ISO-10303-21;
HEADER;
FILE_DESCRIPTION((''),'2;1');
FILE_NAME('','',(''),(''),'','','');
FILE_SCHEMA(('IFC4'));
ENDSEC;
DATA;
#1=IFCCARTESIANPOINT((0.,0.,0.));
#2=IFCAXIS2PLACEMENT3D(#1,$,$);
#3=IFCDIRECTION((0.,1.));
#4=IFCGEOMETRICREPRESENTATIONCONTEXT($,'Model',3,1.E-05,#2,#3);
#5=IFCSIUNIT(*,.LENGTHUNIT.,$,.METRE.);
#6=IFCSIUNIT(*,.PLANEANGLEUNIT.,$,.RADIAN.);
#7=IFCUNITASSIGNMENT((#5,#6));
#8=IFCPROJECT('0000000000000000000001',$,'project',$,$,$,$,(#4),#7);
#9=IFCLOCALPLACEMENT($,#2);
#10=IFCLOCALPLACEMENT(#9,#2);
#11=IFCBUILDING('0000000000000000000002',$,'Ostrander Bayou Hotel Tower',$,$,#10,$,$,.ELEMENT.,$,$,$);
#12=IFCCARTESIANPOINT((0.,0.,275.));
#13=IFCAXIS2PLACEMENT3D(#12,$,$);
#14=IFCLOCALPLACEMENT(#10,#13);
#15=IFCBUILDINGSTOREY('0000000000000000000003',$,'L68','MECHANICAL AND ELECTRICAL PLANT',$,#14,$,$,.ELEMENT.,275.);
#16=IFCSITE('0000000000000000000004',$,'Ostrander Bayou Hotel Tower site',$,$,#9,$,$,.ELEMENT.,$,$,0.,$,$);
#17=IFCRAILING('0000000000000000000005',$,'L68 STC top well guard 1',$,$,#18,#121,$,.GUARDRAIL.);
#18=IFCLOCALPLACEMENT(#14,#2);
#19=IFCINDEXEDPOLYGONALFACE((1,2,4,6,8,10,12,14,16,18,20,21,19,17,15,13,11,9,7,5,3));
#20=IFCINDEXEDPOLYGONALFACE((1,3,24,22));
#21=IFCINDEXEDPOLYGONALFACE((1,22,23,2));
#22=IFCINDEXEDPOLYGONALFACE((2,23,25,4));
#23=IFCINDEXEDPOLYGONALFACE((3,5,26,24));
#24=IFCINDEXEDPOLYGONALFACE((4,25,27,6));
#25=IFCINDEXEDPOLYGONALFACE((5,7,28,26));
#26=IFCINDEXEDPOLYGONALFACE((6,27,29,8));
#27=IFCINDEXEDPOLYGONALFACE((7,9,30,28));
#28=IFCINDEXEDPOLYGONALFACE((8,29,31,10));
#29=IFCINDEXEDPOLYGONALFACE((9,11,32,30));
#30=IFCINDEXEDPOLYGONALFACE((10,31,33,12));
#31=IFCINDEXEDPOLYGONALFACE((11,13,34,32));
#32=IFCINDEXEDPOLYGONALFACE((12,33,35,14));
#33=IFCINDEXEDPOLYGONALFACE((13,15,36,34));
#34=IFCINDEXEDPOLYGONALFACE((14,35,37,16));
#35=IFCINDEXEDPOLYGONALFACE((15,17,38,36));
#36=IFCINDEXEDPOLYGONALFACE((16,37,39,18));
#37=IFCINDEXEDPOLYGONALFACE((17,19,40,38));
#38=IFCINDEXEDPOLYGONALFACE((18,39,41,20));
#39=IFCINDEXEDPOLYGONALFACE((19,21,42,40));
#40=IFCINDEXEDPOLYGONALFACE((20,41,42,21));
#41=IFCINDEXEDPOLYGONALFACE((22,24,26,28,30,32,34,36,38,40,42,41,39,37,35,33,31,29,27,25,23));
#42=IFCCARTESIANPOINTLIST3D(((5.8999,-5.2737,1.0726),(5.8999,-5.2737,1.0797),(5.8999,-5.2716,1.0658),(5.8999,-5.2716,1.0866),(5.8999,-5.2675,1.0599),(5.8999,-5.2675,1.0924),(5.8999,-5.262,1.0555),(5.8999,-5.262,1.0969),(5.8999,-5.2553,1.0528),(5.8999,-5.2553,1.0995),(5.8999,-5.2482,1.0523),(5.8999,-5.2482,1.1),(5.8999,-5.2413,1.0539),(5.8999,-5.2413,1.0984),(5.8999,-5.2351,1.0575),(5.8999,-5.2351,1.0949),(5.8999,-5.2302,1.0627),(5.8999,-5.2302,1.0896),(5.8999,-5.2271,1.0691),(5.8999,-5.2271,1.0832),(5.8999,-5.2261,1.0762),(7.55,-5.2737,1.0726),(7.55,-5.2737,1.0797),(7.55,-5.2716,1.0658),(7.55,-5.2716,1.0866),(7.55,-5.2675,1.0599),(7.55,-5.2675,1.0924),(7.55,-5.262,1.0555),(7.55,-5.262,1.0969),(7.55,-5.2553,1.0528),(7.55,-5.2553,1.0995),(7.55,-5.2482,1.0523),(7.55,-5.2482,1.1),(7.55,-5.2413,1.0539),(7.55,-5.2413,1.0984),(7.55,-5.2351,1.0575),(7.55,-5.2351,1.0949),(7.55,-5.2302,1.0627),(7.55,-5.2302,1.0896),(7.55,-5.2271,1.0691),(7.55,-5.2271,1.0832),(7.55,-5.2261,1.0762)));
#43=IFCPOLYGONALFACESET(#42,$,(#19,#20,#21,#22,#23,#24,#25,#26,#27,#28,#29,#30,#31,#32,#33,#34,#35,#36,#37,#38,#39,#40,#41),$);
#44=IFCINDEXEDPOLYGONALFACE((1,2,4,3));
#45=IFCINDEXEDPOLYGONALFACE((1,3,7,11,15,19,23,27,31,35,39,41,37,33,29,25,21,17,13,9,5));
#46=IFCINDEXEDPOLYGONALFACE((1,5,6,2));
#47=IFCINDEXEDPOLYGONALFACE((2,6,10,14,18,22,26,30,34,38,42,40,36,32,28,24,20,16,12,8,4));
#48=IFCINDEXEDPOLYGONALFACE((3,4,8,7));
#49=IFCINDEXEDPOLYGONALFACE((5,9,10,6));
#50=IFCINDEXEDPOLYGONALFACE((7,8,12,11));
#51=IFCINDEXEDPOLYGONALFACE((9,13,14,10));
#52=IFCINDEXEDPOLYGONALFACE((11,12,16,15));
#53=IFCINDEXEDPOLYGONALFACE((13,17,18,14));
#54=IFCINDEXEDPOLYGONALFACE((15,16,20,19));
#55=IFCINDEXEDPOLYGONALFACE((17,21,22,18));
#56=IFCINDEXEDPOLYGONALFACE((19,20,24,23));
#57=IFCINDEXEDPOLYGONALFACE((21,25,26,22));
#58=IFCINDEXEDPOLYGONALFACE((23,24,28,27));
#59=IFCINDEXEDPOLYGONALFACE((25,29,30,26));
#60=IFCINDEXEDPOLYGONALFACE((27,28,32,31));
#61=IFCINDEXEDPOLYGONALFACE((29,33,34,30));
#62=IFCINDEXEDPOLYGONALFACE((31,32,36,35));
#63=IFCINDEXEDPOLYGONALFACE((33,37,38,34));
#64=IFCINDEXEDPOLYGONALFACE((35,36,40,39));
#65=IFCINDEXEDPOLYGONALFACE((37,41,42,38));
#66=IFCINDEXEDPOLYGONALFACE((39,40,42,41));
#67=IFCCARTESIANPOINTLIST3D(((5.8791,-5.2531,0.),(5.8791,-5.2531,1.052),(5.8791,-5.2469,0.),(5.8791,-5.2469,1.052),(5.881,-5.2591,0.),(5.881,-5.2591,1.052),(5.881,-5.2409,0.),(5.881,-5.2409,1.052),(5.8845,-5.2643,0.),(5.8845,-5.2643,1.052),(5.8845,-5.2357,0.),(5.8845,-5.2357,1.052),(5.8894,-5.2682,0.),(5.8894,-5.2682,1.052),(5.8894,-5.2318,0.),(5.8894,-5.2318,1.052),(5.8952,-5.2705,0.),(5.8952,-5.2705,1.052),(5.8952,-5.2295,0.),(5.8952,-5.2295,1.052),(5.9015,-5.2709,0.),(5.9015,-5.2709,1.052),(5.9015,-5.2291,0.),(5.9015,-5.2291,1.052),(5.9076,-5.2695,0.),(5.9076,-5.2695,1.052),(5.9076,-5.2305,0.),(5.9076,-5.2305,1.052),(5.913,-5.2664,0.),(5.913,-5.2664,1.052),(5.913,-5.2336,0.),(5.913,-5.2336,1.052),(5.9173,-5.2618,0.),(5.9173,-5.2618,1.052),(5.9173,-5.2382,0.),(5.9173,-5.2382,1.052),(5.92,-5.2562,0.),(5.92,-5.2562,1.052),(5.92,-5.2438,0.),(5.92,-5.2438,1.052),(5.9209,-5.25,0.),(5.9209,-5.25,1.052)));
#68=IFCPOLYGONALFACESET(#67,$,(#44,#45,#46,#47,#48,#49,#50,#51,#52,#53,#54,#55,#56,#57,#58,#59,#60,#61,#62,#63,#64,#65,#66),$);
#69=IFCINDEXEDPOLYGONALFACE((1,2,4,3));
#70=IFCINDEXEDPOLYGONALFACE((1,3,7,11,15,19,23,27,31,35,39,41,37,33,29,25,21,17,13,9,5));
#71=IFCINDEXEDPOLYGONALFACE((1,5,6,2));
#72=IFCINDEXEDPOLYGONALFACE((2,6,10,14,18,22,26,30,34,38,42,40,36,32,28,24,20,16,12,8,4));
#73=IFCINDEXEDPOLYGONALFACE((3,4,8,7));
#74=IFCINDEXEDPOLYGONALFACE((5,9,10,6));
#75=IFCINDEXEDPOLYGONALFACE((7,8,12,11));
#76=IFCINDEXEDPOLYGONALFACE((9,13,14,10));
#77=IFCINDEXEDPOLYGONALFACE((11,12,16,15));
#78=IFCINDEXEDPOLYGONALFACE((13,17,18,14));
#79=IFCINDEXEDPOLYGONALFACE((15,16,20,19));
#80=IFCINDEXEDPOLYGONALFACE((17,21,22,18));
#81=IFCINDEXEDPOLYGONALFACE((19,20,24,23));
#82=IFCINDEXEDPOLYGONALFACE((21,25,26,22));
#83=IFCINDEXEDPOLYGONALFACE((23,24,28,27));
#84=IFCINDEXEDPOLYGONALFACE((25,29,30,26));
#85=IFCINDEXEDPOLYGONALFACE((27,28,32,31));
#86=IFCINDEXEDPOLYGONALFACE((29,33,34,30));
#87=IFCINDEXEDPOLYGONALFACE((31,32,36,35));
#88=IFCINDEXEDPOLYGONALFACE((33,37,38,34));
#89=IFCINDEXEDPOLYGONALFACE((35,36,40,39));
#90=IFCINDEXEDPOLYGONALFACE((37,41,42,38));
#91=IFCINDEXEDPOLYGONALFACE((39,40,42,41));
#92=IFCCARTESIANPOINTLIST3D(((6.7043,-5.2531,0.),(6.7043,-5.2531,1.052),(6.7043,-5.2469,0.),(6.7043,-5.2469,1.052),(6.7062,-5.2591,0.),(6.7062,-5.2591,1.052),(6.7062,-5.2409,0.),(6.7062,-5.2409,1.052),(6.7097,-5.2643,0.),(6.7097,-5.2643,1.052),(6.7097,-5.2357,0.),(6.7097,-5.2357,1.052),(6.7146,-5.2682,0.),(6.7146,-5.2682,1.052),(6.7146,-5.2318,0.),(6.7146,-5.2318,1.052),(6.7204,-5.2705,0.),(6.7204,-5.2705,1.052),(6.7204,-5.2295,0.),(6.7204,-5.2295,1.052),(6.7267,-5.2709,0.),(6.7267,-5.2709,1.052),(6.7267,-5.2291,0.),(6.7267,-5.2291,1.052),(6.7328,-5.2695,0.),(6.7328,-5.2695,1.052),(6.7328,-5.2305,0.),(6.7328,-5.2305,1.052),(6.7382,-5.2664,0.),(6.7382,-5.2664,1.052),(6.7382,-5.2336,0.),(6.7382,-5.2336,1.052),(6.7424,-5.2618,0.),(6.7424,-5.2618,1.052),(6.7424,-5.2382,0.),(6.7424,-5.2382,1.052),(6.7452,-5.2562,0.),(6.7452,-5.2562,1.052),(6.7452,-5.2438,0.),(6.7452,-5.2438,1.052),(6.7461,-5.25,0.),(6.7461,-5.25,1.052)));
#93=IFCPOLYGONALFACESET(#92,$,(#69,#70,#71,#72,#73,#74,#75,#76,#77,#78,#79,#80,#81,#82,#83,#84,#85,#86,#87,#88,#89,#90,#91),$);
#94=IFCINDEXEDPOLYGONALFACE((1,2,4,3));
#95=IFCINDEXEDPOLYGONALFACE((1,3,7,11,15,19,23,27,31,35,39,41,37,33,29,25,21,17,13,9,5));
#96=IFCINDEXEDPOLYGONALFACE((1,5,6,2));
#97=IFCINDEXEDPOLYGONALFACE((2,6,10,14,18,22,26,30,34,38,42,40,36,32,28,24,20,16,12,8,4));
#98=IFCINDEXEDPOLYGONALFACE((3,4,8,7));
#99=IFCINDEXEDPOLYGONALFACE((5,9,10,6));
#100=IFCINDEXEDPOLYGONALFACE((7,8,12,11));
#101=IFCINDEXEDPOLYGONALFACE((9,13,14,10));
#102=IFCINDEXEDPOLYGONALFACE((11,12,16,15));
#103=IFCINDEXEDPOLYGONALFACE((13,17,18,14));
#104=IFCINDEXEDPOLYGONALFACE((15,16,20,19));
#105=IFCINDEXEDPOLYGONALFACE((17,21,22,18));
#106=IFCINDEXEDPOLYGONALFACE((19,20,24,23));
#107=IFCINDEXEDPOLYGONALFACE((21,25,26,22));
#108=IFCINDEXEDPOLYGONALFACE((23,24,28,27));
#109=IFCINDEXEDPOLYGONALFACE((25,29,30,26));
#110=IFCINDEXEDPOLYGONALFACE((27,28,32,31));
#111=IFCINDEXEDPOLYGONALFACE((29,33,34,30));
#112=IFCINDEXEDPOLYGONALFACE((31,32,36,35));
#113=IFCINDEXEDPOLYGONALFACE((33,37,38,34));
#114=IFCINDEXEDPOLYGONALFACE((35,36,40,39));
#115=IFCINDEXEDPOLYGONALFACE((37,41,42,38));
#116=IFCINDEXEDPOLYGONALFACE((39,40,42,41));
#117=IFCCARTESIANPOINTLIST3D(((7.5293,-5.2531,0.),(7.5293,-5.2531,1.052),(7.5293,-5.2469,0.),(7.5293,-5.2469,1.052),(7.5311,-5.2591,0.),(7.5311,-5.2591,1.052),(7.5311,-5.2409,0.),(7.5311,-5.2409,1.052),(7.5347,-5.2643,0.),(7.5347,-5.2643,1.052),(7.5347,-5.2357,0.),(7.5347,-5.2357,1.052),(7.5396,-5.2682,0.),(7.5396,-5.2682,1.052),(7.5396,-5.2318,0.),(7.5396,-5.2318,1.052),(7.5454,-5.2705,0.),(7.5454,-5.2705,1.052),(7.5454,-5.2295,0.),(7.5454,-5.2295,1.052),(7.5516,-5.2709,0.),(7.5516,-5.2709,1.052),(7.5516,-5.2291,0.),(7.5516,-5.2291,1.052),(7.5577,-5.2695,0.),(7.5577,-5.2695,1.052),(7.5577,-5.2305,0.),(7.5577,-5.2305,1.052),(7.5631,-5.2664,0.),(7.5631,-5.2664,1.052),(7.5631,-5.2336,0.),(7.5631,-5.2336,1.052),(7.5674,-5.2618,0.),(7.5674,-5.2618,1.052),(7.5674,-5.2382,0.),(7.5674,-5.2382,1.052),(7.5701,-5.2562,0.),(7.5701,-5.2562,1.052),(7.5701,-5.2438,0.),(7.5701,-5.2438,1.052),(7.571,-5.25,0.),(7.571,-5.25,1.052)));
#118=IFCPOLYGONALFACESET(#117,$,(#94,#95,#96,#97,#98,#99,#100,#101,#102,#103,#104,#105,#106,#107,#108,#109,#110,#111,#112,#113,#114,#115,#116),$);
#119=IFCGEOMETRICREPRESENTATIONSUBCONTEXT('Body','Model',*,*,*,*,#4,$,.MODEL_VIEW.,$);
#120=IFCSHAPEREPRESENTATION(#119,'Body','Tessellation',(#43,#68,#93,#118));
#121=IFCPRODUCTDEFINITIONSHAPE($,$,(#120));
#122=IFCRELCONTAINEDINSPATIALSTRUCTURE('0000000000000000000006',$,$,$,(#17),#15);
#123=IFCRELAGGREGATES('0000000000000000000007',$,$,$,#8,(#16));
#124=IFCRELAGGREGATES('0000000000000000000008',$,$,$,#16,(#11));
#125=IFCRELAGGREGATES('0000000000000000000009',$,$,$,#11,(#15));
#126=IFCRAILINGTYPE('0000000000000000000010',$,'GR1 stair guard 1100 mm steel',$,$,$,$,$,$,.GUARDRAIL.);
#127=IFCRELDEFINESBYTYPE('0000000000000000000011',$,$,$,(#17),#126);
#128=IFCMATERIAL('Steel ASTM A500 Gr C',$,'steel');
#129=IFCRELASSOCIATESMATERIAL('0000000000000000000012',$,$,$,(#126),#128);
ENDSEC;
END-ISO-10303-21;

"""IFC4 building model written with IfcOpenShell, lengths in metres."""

from ifc_helpers import new_model, si_unit, direction, frame, origin, origin_2d, place, context, subcontext, project, spatial, circle, extrude, material, type_object, element, save


model = new_model("IFC4")

# Units and contexts
model_context = context("Model", 3, precision=1e-05, world=origin(), true_north=direction((0.0, 1.0)))
body_context = subcontext(model_context, "Body", "Model", "MODEL_VIEW")
ifc_project = project(units=[si_unit("LENGTHUNIT", "METRE"), si_unit("PLANEANGLEUNIT", "RADIAN")], contexts=[model_context])

# Site, building, storey
site_placement = place(None, origin())
site = spatial("IfcSite", under=ifc_project, at=site_placement, Name="Ostrander Bayou Hotel Tower site", CompositionType="ELEMENT", RefElevation=0.0)
building_placement = place(site_placement, origin())
building = spatial("IfcBuilding", under=site, at=building_placement, Name="Ostrander Bayou Hotel Tower", CompositionType="ELEMENT")
storey_placement = place(building_placement, frame((0.0, 0.0, 275.0)))
storey = spatial("IfcBuildingStorey", under=building, at=storey_placement, Name="L68", Description="MECHANICAL AND ELECTRICAL PLANT", CompositionType="ELEMENT", Elevation=275.0)

# Railing
ifc_material_1 = material(Name="Steel ASTM A500 Gr C", Category="steel")
railing_type = type_object("IfcRailingType", Name="GR1 stair guard 1100 mm steel", PredefinedType="GUARDRAIL", material=ifc_material_1)
railing_placement = place(storey_placement, frame((5.8999, -5.25, 0.0)))
element("IfcRailing", 1, at=railing_placement, inside=storey, type_object=railing_type, Name="L68 STC top well guard 1", PredefinedType="GUARDRAIL", context=body_context, shape_type="SweptSolid", body=[
    extrude(circle(Radius=0.0239, at=origin_2d()), frame((0.0, 0.0, 1.0762), z_axis=(1.0, 0.0, 0.0), x_axis=(0.0, 1.0, 0.0)), (0.0, 0.0, 1.0), 1.6501),
    extrude(circle(Radius=0.021, at=origin_2d()), origin(), (0.0, 0.0, 1.0), 1.052),
    extrude(circle(Radius=0.021, at=origin_2d()), frame((0.8252, 0.0, 0.0)), (0.0, 0.0, 1.0), 1.052),
    extrude(circle(Radius=0.021, at=origin_2d()), frame((1.6501, 0.0, 0.0)), (0.0, 0.0, 1.0), 1.052),
])

save(model, "model.ifc")
